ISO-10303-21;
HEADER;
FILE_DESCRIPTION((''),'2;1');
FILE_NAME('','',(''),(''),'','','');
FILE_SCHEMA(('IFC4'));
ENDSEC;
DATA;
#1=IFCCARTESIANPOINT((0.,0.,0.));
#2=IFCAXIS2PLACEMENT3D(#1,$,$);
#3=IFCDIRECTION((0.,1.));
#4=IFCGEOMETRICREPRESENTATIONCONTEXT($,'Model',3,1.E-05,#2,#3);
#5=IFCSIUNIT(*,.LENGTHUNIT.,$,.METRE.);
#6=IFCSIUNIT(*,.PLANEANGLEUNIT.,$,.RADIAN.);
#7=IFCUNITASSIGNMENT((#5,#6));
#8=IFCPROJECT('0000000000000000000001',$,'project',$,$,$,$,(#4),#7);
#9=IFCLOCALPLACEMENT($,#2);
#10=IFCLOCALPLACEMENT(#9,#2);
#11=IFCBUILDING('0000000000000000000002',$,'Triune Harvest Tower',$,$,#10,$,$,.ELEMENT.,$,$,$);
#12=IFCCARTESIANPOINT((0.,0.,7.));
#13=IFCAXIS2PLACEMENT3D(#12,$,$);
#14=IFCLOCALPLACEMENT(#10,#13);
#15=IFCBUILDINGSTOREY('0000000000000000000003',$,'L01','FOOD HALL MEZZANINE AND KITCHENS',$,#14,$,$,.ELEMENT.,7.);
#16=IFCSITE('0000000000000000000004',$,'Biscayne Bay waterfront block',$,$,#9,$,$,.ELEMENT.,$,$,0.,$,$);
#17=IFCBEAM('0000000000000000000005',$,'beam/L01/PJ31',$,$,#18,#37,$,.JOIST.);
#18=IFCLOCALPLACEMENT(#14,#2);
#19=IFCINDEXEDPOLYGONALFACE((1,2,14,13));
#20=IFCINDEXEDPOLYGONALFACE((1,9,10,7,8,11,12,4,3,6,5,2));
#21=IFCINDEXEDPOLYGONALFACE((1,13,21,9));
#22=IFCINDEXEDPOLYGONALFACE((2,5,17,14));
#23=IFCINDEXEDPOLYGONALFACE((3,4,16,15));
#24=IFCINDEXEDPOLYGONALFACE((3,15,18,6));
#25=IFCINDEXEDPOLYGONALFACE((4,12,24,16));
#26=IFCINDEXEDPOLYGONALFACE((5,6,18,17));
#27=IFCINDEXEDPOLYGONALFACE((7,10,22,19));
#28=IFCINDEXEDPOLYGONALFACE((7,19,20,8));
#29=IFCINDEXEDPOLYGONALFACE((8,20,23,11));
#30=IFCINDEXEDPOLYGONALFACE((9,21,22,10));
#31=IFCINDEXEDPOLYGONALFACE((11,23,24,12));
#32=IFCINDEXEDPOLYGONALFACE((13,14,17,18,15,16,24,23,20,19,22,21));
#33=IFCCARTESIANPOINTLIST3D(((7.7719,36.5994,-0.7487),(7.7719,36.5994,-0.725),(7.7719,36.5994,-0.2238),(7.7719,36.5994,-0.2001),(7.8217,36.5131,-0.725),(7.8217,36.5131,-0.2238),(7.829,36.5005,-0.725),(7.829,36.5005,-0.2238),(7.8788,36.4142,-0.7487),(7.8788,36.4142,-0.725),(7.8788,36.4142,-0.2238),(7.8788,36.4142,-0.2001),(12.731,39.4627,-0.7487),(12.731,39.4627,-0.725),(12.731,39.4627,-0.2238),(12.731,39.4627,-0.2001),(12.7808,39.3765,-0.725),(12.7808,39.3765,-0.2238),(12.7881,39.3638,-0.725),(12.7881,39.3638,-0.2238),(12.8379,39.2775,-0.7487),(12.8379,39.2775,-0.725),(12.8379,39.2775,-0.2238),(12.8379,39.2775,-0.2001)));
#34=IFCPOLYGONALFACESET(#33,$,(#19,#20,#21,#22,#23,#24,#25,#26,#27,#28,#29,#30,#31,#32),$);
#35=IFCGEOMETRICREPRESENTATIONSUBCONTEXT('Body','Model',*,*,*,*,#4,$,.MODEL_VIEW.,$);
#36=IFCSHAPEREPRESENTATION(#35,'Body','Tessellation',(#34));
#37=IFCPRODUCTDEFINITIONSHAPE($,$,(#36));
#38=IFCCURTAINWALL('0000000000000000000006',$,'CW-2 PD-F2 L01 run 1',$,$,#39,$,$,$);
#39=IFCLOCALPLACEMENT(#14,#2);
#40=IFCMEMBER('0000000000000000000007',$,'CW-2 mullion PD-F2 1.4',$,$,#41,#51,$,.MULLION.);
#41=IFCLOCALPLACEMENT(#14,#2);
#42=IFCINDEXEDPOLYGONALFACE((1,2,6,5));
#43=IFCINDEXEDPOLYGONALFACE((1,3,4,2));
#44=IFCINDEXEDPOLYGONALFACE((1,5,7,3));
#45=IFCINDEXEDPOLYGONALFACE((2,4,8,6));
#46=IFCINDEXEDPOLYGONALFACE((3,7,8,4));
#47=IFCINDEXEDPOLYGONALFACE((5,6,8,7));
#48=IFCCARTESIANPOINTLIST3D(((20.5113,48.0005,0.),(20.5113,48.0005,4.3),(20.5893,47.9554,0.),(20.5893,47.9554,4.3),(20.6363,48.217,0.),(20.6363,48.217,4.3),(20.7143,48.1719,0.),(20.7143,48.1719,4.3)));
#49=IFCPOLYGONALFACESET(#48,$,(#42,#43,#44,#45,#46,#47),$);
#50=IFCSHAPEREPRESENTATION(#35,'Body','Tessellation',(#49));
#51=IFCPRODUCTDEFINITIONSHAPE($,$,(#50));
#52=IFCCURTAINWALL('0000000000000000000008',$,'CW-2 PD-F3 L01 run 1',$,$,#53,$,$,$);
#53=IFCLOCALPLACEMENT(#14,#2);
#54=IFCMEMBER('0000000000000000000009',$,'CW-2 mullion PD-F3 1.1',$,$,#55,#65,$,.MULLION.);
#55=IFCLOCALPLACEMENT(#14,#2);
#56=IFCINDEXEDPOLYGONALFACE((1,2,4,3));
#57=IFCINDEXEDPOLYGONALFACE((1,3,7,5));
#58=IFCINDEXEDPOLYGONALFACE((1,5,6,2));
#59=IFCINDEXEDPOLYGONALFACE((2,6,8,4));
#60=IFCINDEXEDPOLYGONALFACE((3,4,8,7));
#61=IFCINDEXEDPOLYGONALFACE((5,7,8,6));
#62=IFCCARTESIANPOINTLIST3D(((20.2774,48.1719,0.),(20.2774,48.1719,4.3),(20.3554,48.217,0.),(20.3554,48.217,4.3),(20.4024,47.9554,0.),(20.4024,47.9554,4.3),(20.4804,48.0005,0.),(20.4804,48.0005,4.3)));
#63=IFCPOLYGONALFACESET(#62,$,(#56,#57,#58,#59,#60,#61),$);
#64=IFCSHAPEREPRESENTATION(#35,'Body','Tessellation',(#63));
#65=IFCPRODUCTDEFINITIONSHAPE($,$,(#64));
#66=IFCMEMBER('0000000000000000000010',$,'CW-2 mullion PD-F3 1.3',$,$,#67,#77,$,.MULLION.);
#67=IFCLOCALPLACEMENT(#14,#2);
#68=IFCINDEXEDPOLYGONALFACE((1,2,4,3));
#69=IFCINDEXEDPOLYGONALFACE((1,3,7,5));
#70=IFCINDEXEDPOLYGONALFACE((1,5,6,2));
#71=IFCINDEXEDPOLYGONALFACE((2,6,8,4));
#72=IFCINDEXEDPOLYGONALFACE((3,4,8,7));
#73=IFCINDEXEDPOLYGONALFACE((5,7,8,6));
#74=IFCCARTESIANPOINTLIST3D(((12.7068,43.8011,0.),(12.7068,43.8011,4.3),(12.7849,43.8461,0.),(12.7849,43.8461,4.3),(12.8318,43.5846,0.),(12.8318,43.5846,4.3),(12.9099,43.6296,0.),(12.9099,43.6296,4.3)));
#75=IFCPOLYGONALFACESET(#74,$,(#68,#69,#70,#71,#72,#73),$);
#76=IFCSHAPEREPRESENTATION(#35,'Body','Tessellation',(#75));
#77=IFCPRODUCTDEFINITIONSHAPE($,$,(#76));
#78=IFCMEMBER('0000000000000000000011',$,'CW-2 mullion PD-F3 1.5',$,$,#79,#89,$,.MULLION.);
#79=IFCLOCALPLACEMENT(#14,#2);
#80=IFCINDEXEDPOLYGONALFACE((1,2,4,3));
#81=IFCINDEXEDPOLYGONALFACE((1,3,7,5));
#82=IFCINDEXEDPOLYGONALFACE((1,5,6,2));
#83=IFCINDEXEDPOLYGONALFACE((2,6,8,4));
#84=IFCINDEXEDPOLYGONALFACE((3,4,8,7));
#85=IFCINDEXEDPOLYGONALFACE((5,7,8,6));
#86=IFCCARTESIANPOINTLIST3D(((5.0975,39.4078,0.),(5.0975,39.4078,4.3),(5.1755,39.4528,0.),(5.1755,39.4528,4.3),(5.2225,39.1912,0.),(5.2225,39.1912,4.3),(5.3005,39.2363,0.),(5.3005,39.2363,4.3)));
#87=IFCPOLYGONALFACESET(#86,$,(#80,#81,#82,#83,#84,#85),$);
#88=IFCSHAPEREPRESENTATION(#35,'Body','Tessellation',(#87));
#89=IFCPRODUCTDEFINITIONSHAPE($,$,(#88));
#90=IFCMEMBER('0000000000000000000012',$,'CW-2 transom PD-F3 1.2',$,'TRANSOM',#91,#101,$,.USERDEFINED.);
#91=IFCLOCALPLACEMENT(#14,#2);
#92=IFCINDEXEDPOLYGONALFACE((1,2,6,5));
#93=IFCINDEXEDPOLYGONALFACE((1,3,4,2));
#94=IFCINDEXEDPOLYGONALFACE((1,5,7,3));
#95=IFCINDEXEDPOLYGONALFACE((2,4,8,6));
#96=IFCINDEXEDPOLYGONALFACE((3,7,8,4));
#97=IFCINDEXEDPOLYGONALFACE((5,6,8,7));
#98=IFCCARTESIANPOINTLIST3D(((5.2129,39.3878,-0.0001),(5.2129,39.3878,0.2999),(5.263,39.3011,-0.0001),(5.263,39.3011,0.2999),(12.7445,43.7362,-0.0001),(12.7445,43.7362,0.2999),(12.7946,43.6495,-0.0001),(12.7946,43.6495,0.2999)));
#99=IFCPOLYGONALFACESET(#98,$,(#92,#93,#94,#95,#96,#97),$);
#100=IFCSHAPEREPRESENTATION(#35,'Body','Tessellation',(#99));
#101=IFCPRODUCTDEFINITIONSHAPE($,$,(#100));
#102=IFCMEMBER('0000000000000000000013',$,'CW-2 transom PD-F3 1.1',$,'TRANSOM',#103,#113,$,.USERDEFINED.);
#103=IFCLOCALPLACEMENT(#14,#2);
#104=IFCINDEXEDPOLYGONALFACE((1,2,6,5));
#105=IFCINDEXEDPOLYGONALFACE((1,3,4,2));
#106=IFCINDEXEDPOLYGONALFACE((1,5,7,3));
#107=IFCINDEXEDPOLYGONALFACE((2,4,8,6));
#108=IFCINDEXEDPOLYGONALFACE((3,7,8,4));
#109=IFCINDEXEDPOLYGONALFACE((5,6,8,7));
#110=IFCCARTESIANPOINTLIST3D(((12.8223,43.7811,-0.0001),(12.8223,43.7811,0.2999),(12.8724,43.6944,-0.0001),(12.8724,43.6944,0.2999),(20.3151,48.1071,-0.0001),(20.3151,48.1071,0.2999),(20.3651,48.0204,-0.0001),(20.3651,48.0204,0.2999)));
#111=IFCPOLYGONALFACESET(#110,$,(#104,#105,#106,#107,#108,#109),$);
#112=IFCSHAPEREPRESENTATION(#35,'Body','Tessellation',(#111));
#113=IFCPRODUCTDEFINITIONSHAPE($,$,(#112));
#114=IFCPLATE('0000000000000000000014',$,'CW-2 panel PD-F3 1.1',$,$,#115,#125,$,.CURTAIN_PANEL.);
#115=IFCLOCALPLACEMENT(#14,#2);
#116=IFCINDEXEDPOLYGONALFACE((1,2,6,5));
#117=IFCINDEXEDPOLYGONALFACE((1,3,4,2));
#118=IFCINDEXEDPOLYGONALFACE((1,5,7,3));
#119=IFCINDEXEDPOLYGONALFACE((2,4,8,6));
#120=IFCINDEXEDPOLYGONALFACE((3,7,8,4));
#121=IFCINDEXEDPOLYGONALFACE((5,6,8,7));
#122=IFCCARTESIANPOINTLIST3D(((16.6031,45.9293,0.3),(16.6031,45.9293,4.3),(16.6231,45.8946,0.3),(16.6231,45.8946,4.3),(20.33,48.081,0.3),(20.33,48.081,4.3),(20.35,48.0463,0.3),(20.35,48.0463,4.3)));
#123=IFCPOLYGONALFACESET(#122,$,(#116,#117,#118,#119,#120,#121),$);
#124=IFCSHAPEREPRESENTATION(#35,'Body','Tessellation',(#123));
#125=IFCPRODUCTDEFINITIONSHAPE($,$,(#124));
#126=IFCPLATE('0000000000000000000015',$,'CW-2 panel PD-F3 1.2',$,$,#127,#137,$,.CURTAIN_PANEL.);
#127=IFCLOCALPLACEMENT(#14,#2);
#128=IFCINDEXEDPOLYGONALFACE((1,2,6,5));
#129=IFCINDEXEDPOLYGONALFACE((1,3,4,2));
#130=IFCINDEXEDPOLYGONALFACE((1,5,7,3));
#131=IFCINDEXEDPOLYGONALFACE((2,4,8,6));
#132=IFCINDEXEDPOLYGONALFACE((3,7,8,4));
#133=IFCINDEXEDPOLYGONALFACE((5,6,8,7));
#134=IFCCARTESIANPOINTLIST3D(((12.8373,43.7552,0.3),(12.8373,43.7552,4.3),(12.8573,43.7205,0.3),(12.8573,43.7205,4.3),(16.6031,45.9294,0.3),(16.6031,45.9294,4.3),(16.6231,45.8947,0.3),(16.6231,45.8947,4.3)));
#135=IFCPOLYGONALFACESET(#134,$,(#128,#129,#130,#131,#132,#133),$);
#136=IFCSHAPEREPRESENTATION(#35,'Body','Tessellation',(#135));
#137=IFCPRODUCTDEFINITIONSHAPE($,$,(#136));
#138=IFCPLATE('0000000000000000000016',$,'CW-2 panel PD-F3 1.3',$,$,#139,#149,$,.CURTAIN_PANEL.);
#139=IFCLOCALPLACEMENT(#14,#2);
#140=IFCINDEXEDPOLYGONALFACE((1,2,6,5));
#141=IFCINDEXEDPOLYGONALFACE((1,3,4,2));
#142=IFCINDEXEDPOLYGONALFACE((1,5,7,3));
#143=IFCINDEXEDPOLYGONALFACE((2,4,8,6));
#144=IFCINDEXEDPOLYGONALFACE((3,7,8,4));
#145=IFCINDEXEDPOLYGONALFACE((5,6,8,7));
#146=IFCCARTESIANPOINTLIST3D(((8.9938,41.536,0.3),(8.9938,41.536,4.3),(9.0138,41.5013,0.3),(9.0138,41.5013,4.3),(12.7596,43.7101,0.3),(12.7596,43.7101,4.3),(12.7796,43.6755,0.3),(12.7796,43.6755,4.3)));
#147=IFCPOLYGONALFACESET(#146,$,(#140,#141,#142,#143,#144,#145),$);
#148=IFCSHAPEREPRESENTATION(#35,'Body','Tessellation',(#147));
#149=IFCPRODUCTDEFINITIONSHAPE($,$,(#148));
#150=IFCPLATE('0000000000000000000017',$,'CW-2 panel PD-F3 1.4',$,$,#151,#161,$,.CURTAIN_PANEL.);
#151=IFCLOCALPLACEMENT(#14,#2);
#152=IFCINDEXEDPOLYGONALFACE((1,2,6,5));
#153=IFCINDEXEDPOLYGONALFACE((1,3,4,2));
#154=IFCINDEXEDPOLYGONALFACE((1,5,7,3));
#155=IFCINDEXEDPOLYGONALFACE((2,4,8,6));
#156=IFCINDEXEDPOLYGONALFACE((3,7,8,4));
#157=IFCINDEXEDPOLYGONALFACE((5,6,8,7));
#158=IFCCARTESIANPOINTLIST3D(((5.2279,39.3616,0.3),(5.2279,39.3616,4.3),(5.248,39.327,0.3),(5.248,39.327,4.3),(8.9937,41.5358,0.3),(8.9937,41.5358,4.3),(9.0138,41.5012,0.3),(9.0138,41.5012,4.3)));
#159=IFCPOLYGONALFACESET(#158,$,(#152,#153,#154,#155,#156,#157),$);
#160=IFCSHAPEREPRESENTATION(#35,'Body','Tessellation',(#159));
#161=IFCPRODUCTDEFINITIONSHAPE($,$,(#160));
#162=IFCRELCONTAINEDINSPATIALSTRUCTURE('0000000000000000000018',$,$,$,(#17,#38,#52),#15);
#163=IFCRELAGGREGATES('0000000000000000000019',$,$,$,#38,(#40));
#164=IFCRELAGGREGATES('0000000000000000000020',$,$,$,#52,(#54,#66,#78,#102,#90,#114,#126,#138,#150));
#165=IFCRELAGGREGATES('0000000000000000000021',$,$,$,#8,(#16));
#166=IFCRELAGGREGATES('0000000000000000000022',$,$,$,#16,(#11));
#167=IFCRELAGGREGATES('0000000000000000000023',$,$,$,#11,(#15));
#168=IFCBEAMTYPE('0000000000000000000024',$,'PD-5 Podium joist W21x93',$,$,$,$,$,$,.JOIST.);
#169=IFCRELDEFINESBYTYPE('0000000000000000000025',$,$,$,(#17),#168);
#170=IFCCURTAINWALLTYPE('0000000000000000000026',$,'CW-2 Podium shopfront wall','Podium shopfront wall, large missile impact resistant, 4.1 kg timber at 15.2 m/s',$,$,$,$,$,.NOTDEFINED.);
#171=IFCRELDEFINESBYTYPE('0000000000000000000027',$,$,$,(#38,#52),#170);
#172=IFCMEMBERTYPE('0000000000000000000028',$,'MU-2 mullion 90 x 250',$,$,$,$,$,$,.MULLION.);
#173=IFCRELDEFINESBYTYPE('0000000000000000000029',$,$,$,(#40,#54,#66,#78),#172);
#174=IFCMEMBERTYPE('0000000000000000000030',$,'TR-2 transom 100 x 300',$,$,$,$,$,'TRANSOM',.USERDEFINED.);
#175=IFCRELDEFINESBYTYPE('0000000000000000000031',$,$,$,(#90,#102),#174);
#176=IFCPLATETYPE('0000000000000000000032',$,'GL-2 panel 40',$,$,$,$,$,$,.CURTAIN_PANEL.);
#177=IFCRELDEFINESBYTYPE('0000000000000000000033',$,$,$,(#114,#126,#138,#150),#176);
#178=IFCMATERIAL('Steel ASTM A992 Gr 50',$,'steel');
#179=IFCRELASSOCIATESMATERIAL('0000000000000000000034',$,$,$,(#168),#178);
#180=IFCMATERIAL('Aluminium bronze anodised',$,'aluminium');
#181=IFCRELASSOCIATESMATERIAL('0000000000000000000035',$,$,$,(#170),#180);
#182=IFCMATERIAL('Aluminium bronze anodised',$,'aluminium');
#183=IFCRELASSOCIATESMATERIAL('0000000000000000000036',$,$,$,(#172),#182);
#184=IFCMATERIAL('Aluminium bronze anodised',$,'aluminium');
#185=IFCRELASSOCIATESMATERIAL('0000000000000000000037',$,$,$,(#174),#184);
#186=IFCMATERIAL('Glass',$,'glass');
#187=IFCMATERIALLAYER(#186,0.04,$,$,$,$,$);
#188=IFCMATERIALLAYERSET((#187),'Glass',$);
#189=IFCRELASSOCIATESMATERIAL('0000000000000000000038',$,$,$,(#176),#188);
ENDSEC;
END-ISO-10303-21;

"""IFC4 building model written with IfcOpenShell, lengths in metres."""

from ifc_helpers import new_model, si_unit, direction, frame, origin, origin_2d, place, context, subcontext, project, spatial, rectangle, i_section, extrude, source, transform, mapped, material, layer, layer_set, material_profile, profile_set, type_object, element, aggregate, save


model = new_model("IFC4")

# Units and contexts
model_context = context("Model", 3, precision=1e-05, world=origin(), true_north=direction((0.0, 1.0)))
body_context = subcontext(model_context, "Body", "Model", "MODEL_VIEW")
ifc_project = project(units=[si_unit("LENGTHUNIT", "METRE"), si_unit("PLANEANGLEUNIT", "RADIAN")], contexts=[model_context])

# Site, building, storey
site_placement = place(None, origin())
site = spatial("IfcSite", under=ifc_project, at=site_placement, Name="Biscayne Bay waterfront block", CompositionType="ELEMENT", RefElevation=0.0)
building_placement = place(site_placement, origin())
building = spatial("IfcBuilding", under=site, at=building_placement, Name="Triune Harvest Tower", CompositionType="ELEMENT")
storey_placement = place(building_placement, frame((0.0, 0.0, 7.0)))
storey = spatial("IfcBuildingStorey", under=building, at=storey_placement, Name="L01", Description="FOOD HALL MEZZANINE AND KITCHENS", CompositionType="ELEMENT", Elevation=7.0)

# Beam
ifc_material_1 = material(Name="Steel ASTM A992 Gr 50", Category="steel")
ifc_material_profile_1 = material_profile(ifc_material_1, i_section(OverallWidth=0.2139, OverallDepth=0.5486, WebThickness=0.0146, FlangeThickness=0.0237, at=origin_2d()), Name="W21x93")
ifc_profile_set_1 = profile_set([ifc_material_profile_1], Name="Steel ASTM A992 Gr 50")
beam_type_1 = type_object("IfcBeamType", Name="PD-5 Podium joist W21x93", PredefinedType="JOIST", material=ifc_profile_set_1)
shared_shape_1 = source(origin(), body_context, "Body", "SweptSolid", [
    extrude(i_section(OverallWidth=0.2139, OverallDepth=0.5486, WebThickness=0.0146, FlangeThickness=0.0237, at=origin_2d()), origin(), (0.0, 0.0, 1.0), 5.7263),
])
beam_1_placement = place(storey_placement, frame((12.7844, 39.3701, -0.4744), z_axis=(-0.86601, -0.500028, 0.0), x_axis=(0.500028, -0.86601, 0.0)))
element("IfcBeam", 1, at=beam_1_placement, inside=storey, type_object=beam_type_1, Name="beam/L01/PJ31", PredefinedType="JOIST", context=body_context, shape_type="MappedRepresentation", body=[
    mapped(shared_shape_1, transform((0.0, 0.0, 0.0), scale=1.0)),
])

# Curtain wall, member
ifc_material_2 = material(Name="Aluminium bronze anodised", Category="aluminium")
curtain_wall_type = type_object("IfcCurtainWallType", Name="CW-2 Podium shopfront wall", Description="Podium shopfront wall, large missile impact resistant, 4.1 kg timber at 15.2 m/s", PredefinedType="NOTDEFINED", material=ifc_material_2)
curtain_wall_1_placement = place(storey_placement, origin())
curtain_wall_1 = element("IfcCurtainWall", 2, at=curtain_wall_1_placement, inside=storey, type_object=curtain_wall_type, Name="CW-2 PD-F2 L01 run 1")
ifc_material_3 = material(Name="Aluminium bronze anodised", Category="aluminium")
ifc_material_profile_2 = material_profile(ifc_material_3, rectangle(XDim=0.25, YDim=0.0901, at=origin_2d()), Name="MU-2 mullion 90 x 250")
ifc_profile_set_2 = profile_set([ifc_material_profile_2], Name="Aluminium bronze anodised")
member_type_1 = type_object("IfcMemberType", Name="MU-2 mullion 90 x 250", PredefinedType="MULLION", material=ifc_profile_set_2)
shared_shape_2 = source(origin(), body_context, "Body", "SweptSolid", [
    extrude(rectangle(XDim=0.25, YDim=0.0901, at=origin_2d()), origin(), (0.0, 0.0, 1.0), 4.3),
])
member_1_placement = place(storey_placement, frame((20.6128, 48.0862, 0.0), z_axis=(0.0, 0.0, 1.0), x_axis=(-0.499998, -0.866027, 0.0)))
member_1 = element("IfcMember", 3, at=member_1_placement, type_object=member_type_1, Name="CW-2 mullion PD-F2 1.4", PredefinedType="MULLION", context=body_context, shape_type="MappedRepresentation", body=[
    mapped(shared_shape_2, transform((0.0, 0.0, 0.0), scale=1.0)),
])
aggregate(curtain_wall_1, [member_1])

# Curtain wall, members, plates
curtain_wall_2_placement = place(storey_placement, origin())
curtain_wall_2 = element("IfcCurtainWall", 4, at=curtain_wall_2_placement, inside=storey, type_object=curtain_wall_type, Name="CW-2 PD-F3 L01 run 1")
member_2_placement = place(storey_placement, frame((20.3789, 48.0862, 0.0), z_axis=(0.0, 0.0, 1.0), x_axis=(0.5, -0.866025, 0.0)))
member_2 = element("IfcMember", 5, at=member_2_placement, type_object=member_type_1, Name="CW-2 mullion PD-F3 1.1", PredefinedType="MULLION", context=body_context, shape_type="MappedRepresentation", body=[
    mapped(shared_shape_2, transform((0.0, 0.0, 0.0), scale=1.0)),
])
member_3_placement = place(storey_placement, frame((12.8083, 43.7153, 0.0), z_axis=(0.0, 0.0, 1.0), x_axis=(0.5, -0.866025, 0.0)))
member_3 = element("IfcMember", 6, at=member_3_placement, type_object=member_type_1, Name="CW-2 mullion PD-F3 1.3", PredefinedType="MULLION", context=body_context, shape_type="MappedRepresentation", body=[
    mapped(shared_shape_2, transform((0.0, 0.0, 0.0), scale=1.0)),
])
member_4_placement = place(storey_placement, frame((5.199, 39.322, 0.0), z_axis=(0.0, 0.0, 1.0), x_axis=(0.5, -0.866025, 0.0)))
member_4 = element("IfcMember", 7, at=member_4_placement, type_object=member_type_1, Name="CW-2 mullion PD-F3 1.5", PredefinedType="MULLION", context=body_context, shape_type="MappedRepresentation", body=[
    mapped(shared_shape_2, transform((0.0, 0.0, 0.0), scale=1.0)),
])
ifc_material_4 = material(Name="Aluminium bronze anodised", Category="aluminium")
ifc_material_profile_3 = material_profile(ifc_material_4, rectangle(XDim=0.1001, YDim=0.3, at=origin_2d()), Name="TR-2 transom 100 x 300")
ifc_profile_set_3 = profile_set([ifc_material_profile_3], Name="Aluminium bronze anodised")
member_type_2 = type_object("IfcMemberType", Name="TR-2 transom 100 x 300", ElementType="TRANSOM", PredefinedType="USERDEFINED", material=ifc_profile_set_3)
shared_shape_3 = source(origin(), body_context, "Body", "SweptSolid", [
    extrude(rectangle(XDim=0.1001, YDim=0.3, at=origin_2d()), origin(), (0.0, 0.0, 1.0), 8.6968),
])
member_5_placement = place(storey_placement, frame((12.7695, 43.6929, 0.1499), z_axis=(-0.866021, -0.500007, 0.0), x_axis=(0.500007, -0.866021, 0.0)))
member_5 = element("IfcMember", 8, at=member_5_placement, type_object=member_type_2, Name="CW-2 transom PD-F3 1.2", ObjectType="TRANSOM", PredefinedType="USERDEFINED", context=body_context, shape_type="MappedRepresentation", body=[
    mapped(shared_shape_3, transform((0.0, 0.0, 0.0), scale=1.0)),
])
shared_shape_4 = source(origin(), body_context, "Body", "SweptSolid", [
    extrude(rectangle(XDim=0.1001, YDim=0.3, at=origin_2d()), origin(), (0.0, 0.0, 1.0), 8.6519),
])
member_6_placement = place(storey_placement, frame((20.3401, 48.0637, 0.1499), z_axis=(-0.866024, -0.500003, 0.0), x_axis=(0.500003, -0.866024, 0.0)))
member_6 = element("IfcMember", 9, at=member_6_placement, type_object=member_type_2, Name="CW-2 transom PD-F3 1.1", ObjectType="TRANSOM", PredefinedType="USERDEFINED", context=body_context, shape_type="MappedRepresentation", body=[
    mapped(shared_shape_4, transform((0.0, 0.0, 0.0), scale=1.0)),
])
ifc_material_5 = material(Name="Glass", Category="glass")
ifc_layer_1 = layer(ifc_material_5, 0.04)
ifc_layer_set_1 = layer_set([ifc_layer_1], Name="Glass")
plate_type = type_object("IfcPlateType", Name="GL-2 panel 40", PredefinedType="CURTAIN_PANEL", material=ifc_layer_set_1)
shared_shape_5 = source(origin(), body_context, "Body", "SweptSolid", [
    extrude(rectangle(XDim=4.3035, YDim=0.04, at=origin_2d()), origin(), (0.0, 0.0, 1.0), 4.0),
])
plate_1_placement = place(storey_placement, frame((18.4766, 46.9878, 0.3), z_axis=(0.0, 0.0, 1.0), x_axis=(-0.866025, -0.5, 0.0)))
plate_1 = element("IfcPlate", 10, at=plate_1_placement, type_object=plate_type, Name="CW-2 panel PD-F3 1.1", PredefinedType="CURTAIN_PANEL", context=body_context, shape_type="MappedRepresentation", body=[
    mapped(shared_shape_5, transform((0.0, 0.0, 0.0), scale=1.0)),
])
shared_shape_6 = source(origin(), body_context, "Body", "SweptSolid", [
    extrude(rectangle(XDim=4.3484, YDim=0.04, at=origin_2d()), origin(), (0.0, 0.0, 1.0), 4.0),
])
plate_2_placement = place(storey_placement, frame((14.7302, 44.825, 0.3), z_axis=(0.0, 0.0, 1.0), x_axis=(-0.866025, -0.5, 0.0)))
plate_2 = element("IfcPlate", 11, at=plate_2_placement, type_object=plate_type, Name="CW-2 panel PD-F3 1.2", PredefinedType="CURTAIN_PANEL", context=body_context, shape_type="MappedRepresentation", body=[
    mapped(shared_shape_6, transform((0.0, 0.0, 0.0), scale=1.0)),
])
plate_3_placement = place(storey_placement, frame((10.8867, 42.6057, 0.3), z_axis=(0.0, 0.0, 1.0), x_axis=(-0.866025, -0.5, 0.0)))
plate_3 = element("IfcPlate", 12, at=plate_3_placement, type_object=plate_type, Name="CW-2 panel PD-F3 1.3", PredefinedType="CURTAIN_PANEL", context=body_context, shape_type="MappedRepresentation", body=[
    mapped(shared_shape_6, transform((0.0, 0.0, 0.0), scale=1.0)),
])
plate_4_placement = place(storey_placement, frame((7.1208, 40.4314, 0.3), z_axis=(0.0, 0.0, 1.0), x_axis=(-0.866025, -0.5, 0.0)))
plate_4 = element("IfcPlate", 13, at=plate_4_placement, type_object=plate_type, Name="CW-2 panel PD-F3 1.4", PredefinedType="CURTAIN_PANEL", context=body_context, shape_type="MappedRepresentation", body=[
    mapped(shared_shape_6, transform((0.0, 0.0, 0.0), scale=1.0)),
])
aggregate(curtain_wall_2, [member_2, member_3, member_4, member_6, member_5, plate_1, plate_2, plate_3, plate_4])

save(model, "model.ifc")
